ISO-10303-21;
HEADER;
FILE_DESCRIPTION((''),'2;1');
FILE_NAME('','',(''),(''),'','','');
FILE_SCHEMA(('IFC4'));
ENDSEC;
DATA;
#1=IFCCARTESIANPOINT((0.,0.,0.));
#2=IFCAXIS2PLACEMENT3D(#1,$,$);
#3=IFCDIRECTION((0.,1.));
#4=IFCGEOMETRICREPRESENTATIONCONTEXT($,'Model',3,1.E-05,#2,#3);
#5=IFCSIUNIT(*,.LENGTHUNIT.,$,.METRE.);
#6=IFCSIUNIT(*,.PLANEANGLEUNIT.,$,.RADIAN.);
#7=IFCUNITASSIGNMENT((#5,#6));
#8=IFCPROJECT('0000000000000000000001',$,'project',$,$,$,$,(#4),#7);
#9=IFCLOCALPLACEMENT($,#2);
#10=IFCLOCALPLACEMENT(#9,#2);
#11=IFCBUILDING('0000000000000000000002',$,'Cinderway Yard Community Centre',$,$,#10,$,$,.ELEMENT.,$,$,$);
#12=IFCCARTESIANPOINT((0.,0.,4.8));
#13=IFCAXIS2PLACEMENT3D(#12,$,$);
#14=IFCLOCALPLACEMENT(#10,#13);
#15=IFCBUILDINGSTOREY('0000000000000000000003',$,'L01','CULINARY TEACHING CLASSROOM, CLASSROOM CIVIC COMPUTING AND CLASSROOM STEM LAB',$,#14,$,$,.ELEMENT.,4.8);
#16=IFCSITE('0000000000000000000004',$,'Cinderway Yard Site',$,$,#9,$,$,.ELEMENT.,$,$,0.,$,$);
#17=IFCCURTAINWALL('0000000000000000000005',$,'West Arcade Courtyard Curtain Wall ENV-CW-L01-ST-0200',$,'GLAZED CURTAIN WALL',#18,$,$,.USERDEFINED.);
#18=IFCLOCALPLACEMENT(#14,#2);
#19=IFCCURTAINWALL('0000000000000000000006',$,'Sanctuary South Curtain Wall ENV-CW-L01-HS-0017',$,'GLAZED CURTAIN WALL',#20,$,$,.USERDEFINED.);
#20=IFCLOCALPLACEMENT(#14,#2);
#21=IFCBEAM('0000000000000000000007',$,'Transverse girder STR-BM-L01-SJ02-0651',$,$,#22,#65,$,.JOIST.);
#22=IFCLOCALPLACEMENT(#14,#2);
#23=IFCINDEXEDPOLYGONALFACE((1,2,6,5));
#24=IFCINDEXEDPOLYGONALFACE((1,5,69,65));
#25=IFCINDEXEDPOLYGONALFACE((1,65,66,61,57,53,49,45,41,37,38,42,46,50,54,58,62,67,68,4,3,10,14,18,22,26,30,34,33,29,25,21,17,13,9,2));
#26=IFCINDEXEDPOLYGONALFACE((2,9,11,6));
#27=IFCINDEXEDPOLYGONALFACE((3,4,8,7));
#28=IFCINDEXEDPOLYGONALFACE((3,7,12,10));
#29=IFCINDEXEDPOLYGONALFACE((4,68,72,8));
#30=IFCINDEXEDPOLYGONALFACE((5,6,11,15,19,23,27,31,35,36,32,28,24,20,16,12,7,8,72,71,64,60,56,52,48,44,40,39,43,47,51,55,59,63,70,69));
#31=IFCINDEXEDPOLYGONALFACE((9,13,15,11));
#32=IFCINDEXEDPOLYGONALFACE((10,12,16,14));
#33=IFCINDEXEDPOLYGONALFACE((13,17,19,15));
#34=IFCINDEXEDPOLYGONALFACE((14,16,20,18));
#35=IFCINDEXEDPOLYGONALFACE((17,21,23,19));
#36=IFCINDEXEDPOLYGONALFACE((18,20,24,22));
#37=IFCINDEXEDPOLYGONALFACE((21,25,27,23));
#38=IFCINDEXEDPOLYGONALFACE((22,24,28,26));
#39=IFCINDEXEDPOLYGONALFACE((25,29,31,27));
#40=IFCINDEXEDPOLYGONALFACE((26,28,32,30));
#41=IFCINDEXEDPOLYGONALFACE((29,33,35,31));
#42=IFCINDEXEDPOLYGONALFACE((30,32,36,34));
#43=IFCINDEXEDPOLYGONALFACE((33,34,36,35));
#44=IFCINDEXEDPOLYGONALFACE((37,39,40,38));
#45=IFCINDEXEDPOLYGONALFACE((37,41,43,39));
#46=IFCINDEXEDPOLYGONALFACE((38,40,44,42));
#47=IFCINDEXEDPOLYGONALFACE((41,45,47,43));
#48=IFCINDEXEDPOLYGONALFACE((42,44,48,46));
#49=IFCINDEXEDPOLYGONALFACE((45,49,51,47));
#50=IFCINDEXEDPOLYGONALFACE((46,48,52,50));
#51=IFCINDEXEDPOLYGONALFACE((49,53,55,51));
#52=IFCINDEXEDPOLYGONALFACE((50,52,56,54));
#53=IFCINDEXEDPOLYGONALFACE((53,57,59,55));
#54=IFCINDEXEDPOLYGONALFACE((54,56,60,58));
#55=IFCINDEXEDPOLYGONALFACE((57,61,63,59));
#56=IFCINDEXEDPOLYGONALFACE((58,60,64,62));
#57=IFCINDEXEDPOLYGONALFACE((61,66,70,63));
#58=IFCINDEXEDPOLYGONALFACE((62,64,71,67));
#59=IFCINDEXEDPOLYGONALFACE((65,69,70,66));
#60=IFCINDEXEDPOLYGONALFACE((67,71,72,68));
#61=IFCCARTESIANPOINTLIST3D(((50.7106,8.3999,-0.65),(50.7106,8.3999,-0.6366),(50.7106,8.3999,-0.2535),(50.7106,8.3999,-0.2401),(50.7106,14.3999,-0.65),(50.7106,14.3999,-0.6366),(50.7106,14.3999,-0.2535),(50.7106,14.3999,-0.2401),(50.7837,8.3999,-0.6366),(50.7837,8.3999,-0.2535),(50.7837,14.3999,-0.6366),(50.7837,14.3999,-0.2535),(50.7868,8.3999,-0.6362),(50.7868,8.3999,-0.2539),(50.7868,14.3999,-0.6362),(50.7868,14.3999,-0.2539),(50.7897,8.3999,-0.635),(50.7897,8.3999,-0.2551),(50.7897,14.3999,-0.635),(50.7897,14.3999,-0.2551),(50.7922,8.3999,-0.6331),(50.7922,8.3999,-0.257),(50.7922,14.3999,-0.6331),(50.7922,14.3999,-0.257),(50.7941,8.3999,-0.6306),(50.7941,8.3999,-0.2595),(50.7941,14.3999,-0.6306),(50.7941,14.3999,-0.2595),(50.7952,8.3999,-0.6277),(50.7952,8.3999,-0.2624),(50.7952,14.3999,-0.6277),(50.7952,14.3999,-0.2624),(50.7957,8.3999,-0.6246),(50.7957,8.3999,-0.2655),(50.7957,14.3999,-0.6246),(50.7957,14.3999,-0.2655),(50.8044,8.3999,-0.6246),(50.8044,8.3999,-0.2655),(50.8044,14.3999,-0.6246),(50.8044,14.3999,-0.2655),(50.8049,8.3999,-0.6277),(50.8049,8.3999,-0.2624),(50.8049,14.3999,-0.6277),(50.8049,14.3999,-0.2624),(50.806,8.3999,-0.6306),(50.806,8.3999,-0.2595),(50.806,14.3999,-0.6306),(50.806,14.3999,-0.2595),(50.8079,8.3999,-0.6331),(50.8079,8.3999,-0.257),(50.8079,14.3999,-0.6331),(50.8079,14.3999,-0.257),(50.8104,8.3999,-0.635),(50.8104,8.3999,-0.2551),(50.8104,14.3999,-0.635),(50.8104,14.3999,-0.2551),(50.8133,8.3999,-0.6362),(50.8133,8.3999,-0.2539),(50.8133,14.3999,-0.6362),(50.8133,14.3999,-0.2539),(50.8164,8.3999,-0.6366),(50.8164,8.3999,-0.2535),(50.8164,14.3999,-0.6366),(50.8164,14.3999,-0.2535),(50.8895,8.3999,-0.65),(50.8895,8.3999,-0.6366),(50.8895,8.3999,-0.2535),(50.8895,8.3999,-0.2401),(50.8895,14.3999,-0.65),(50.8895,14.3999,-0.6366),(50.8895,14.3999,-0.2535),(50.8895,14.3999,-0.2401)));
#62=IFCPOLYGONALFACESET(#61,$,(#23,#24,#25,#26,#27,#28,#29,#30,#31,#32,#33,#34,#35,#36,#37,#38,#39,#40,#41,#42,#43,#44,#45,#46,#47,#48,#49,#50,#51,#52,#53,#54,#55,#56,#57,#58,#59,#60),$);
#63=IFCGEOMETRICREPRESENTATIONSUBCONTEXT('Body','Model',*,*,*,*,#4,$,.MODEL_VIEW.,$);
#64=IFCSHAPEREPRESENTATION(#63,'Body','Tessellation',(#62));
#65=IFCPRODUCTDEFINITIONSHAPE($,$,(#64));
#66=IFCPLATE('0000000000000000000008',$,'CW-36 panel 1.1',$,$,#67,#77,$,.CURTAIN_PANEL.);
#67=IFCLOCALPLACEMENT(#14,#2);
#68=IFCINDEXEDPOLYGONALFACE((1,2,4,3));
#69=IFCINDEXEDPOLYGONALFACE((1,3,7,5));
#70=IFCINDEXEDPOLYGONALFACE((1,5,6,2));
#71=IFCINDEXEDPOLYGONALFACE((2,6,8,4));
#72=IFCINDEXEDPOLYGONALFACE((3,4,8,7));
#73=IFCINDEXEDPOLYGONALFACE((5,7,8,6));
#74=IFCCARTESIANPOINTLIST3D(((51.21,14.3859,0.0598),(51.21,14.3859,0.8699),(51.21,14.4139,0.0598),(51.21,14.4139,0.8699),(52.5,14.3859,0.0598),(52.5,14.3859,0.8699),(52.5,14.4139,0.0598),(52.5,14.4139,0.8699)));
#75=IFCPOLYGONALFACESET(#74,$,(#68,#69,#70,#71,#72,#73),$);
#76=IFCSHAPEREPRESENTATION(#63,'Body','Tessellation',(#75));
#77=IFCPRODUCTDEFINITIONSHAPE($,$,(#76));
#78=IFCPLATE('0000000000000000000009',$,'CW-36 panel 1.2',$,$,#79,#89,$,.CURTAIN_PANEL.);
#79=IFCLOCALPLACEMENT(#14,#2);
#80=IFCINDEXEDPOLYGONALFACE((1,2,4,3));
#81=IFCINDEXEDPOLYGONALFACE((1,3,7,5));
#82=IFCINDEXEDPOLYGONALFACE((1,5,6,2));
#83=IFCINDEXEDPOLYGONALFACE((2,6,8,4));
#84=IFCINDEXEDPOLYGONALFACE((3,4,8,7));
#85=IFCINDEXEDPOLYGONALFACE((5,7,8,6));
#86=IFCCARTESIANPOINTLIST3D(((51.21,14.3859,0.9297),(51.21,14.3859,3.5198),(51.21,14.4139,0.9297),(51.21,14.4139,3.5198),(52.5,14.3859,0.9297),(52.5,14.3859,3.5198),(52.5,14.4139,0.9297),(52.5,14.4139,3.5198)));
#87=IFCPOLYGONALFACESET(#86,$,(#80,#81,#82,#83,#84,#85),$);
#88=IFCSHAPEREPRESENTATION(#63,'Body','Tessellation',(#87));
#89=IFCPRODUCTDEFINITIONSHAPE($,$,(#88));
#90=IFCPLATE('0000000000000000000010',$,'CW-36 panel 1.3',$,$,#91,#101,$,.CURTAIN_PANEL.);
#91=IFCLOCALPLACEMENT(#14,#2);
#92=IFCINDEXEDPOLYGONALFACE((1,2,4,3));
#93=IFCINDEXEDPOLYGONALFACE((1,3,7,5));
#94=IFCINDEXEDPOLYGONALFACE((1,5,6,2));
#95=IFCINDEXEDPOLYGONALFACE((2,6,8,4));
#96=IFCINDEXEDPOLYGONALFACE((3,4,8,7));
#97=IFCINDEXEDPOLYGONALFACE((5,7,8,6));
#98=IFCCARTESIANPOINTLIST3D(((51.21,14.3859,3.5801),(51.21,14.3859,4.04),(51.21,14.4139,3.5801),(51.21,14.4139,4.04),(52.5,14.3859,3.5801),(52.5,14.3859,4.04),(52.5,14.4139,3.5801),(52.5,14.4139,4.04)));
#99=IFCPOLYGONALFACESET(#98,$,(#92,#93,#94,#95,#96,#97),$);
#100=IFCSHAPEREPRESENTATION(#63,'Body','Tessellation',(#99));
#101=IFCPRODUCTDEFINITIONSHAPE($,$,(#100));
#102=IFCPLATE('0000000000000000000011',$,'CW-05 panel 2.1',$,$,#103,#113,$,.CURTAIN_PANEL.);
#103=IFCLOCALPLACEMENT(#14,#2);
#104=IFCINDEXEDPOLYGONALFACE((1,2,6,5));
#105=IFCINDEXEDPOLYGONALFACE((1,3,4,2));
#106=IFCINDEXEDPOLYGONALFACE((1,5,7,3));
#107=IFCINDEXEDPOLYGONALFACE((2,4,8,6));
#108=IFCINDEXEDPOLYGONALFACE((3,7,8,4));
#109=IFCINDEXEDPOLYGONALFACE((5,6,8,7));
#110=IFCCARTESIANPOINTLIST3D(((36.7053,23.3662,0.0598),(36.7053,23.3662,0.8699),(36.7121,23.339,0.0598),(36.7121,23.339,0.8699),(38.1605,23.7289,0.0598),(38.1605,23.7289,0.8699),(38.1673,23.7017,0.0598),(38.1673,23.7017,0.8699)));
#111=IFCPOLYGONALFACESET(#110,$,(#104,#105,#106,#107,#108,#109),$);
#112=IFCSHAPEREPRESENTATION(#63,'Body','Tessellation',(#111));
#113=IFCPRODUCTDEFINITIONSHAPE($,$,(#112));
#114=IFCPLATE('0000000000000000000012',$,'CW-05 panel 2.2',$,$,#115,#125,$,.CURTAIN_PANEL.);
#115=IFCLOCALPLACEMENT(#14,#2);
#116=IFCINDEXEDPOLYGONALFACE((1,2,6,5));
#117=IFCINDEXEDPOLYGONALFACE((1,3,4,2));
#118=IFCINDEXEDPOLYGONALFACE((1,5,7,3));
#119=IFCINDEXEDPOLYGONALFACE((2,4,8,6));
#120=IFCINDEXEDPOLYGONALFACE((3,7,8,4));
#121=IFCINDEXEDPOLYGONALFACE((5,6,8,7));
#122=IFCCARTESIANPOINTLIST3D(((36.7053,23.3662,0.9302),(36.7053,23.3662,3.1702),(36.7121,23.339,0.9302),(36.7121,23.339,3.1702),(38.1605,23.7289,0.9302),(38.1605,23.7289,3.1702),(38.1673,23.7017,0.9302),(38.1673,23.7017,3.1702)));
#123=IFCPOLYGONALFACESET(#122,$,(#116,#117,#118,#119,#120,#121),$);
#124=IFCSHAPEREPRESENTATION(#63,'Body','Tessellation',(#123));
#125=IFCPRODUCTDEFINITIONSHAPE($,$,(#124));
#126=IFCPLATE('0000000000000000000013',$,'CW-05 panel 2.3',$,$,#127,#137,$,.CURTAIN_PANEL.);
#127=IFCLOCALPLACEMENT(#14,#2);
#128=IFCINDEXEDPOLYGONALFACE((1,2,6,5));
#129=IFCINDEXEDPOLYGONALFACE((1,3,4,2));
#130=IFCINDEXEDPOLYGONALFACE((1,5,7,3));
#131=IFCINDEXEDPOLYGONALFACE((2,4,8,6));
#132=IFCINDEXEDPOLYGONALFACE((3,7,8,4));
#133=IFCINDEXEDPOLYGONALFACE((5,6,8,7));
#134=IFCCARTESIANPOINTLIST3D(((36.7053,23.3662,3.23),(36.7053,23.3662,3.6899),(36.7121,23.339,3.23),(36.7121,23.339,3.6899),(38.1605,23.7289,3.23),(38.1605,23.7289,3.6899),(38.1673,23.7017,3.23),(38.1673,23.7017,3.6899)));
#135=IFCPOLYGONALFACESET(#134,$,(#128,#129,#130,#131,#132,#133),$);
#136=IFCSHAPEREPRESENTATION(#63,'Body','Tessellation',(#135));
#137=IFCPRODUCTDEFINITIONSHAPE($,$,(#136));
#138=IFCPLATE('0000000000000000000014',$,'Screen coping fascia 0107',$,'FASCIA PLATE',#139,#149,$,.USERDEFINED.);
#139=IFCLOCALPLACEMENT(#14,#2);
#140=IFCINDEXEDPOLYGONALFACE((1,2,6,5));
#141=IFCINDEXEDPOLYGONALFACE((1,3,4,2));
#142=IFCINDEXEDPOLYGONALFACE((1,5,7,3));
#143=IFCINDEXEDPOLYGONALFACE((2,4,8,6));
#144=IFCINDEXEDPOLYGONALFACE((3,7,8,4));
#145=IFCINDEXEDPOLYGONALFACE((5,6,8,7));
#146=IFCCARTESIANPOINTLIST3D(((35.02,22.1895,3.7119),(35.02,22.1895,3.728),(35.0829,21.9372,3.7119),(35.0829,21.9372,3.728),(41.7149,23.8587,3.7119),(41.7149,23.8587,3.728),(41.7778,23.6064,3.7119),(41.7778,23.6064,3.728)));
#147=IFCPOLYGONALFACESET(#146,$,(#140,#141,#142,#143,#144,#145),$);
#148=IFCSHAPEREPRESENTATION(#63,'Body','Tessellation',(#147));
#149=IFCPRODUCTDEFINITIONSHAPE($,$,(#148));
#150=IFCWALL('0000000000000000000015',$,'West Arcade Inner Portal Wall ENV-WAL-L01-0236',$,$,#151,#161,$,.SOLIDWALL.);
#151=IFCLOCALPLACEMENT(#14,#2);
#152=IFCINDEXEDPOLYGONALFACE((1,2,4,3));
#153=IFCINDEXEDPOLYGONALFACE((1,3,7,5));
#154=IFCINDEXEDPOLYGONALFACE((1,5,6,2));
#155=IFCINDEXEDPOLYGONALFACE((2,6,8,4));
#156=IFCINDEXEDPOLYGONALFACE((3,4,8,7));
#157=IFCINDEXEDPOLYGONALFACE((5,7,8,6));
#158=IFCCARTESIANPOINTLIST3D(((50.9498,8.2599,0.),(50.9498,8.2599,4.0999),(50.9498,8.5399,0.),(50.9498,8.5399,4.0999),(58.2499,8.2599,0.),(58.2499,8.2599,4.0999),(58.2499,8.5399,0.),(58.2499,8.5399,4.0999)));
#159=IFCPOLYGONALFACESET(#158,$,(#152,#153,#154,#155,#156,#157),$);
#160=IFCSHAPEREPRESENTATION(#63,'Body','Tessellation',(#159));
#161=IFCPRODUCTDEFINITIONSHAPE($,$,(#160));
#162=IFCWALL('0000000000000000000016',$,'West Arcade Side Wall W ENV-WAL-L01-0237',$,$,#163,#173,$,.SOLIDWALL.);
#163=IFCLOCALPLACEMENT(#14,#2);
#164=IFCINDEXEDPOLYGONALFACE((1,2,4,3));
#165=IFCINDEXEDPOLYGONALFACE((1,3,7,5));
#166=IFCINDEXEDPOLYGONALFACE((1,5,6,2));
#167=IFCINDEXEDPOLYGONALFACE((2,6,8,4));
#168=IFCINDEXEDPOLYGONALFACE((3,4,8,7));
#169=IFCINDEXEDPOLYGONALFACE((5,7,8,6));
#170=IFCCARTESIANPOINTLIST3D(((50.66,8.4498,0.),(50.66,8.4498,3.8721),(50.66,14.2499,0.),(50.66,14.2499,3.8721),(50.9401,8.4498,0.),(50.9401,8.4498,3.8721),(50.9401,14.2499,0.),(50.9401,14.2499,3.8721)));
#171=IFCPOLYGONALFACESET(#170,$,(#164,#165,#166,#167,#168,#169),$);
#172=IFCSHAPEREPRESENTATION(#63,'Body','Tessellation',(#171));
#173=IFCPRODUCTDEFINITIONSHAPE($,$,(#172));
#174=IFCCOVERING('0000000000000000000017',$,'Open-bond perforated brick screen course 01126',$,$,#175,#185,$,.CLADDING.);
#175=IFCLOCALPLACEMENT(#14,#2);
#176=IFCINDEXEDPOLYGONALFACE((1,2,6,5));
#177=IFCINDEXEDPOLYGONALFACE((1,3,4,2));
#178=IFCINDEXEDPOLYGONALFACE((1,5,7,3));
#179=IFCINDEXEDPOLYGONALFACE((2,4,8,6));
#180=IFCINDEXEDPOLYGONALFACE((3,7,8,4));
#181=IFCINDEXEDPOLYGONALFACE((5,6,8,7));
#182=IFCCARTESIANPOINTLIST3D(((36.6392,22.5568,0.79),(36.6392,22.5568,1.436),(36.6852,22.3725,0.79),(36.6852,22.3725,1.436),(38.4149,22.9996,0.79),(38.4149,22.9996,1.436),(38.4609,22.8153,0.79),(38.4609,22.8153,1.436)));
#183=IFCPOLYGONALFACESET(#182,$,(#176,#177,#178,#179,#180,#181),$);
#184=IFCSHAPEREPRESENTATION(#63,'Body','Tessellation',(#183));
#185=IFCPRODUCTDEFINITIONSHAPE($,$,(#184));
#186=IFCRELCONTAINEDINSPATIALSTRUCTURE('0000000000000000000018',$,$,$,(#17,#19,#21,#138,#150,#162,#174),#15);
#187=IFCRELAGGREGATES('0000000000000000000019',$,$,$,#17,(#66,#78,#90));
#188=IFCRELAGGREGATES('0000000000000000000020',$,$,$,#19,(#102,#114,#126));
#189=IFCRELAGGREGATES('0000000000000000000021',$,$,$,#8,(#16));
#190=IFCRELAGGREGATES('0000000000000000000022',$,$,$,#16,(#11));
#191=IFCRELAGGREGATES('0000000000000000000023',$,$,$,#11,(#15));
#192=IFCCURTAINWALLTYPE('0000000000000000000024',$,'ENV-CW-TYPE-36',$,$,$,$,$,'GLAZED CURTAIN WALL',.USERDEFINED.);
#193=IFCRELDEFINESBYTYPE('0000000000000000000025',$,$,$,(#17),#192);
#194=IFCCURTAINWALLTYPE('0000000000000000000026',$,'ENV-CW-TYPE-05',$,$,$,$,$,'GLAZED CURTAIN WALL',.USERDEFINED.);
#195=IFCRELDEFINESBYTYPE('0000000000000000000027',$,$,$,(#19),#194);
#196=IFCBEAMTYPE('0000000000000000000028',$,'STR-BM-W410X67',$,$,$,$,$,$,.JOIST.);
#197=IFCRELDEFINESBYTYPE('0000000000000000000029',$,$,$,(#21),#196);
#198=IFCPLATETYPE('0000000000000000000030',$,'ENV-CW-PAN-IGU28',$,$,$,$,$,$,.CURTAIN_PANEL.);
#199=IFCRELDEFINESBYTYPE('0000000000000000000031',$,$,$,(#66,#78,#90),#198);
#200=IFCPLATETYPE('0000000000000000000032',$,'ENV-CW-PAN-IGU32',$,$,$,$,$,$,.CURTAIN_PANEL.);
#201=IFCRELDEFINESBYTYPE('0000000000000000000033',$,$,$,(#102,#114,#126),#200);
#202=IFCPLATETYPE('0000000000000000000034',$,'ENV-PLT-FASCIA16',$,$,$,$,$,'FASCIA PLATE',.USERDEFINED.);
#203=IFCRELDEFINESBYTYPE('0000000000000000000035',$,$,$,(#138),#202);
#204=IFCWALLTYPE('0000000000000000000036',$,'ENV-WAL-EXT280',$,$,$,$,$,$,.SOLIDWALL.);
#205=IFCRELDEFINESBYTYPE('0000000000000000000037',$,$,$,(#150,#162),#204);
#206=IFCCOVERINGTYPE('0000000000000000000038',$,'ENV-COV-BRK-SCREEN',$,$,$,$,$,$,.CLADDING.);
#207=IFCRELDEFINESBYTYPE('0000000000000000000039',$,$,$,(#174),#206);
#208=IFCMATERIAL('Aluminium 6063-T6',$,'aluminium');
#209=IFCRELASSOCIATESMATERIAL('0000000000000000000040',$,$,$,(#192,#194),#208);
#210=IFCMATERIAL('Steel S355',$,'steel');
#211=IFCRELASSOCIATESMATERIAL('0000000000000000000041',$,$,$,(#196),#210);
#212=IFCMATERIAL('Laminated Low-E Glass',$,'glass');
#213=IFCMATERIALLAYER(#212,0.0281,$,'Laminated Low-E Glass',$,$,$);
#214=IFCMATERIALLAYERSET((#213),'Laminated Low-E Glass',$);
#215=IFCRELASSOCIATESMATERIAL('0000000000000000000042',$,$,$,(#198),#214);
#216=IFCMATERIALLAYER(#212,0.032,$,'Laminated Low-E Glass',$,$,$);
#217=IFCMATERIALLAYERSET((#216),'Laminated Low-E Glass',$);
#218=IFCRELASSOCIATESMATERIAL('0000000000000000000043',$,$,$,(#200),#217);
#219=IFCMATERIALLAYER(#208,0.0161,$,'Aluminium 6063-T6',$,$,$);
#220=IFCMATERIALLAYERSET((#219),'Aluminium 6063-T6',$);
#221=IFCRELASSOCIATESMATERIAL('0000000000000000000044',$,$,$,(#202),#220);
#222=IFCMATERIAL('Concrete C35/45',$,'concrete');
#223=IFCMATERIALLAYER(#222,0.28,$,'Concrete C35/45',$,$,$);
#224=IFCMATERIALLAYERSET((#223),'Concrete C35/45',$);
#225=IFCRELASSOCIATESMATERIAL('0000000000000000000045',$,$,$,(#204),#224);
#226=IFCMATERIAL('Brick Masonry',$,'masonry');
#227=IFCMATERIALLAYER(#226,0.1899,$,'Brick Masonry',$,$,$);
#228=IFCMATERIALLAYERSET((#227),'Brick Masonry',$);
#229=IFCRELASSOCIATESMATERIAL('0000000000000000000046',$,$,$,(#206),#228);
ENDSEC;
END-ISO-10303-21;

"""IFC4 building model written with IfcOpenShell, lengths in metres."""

from ifc_helpers import new_model, si_unit, direction, frame, frame_2d, origin, origin_2d, place, context, subcontext, project, spatial, rectangle, i_section, extrude, material, layer, layer_set, material_profile, profile_set, type_object, element, aggregate, save


model = new_model("IFC4")

# Units and contexts
model_context = context("Model", 3, precision=1e-05, world=origin(), true_north=direction((0.0, 1.0)))
body_context = subcontext(model_context, "Body", "Model", "MODEL_VIEW")
ifc_project = project(units=[si_unit("LENGTHUNIT", "METRE"), si_unit("PLANEANGLEUNIT", "RADIAN")], contexts=[model_context])

# Site, building, storey
site_placement = place(None, origin())
site = spatial("IfcSite", under=ifc_project, at=site_placement, Name="Cinderway Yard Site", CompositionType="ELEMENT", RefElevation=0.0)
building_placement = place(site_placement, origin())
building = spatial("IfcBuilding", under=site, at=building_placement, Name="Cinderway Yard Community Centre", CompositionType="ELEMENT")
storey_placement = place(building_placement, frame((0.0, 0.0, 4.8)))
storey = spatial("IfcBuildingStorey", under=building, at=storey_placement, Name="L01", Description="CULINARY TEACHING CLASSROOM, CLASSROOM CIVIC COMPUTING AND CLASSROOM STEM LAB", CompositionType="ELEMENT", Elevation=4.8)

# Curtain wall
ifc_material_1 = material(Name="Aluminium 6063-T6", Category="aluminium")
curtain_wall_type_1 = type_object("IfcCurtainWallType", Name="ENV-CW-TYPE-36", ElementType="GLAZED CURTAIN WALL", PredefinedType="USERDEFINED", material=ifc_material_1)
curtain_wall_1_placement = place(storey_placement, origin())
curtain_wall_1 = element("IfcCurtainWall", 1, at=curtain_wall_1_placement, inside=storey, type_object=curtain_wall_type_1, Name="West Arcade Courtyard Curtain Wall ENV-CW-L01-ST-0200", ObjectType="GLAZED CURTAIN WALL", PredefinedType="USERDEFINED")

# Curtain wall
curtain_wall_type_2 = type_object("IfcCurtainWallType", Name="ENV-CW-TYPE-05", ElementType="GLAZED CURTAIN WALL", PredefinedType="USERDEFINED", material=ifc_material_1)
curtain_wall_2_placement = place(storey_placement, origin())
curtain_wall_2 = element("IfcCurtainWall", 2, at=curtain_wall_2_placement, inside=storey, type_object=curtain_wall_type_2, Name="Sanctuary South Curtain Wall ENV-CW-L01-HS-0017", ObjectType="GLAZED CURTAIN WALL", PredefinedType="USERDEFINED")

# Shared definitions
ifc_material_2 = material(Name="Steel S355", Category="steel")

# Beam
ifc_material_3 = material(Name="Concrete C35/45", Category="concrete")
ifc_material_profile_1 = material_profile(ifc_material_2, i_section(OverallWidth=0.179, OverallDepth=0.4099, WebThickness=0.0088, FlangeThickness=0.0134, FilletRadius=0.012, at=origin_2d()), Name="Steel S355")
ifc_profile_set_1 = profile_set([ifc_material_profile_1], Name="Steel S355")
beam_type_1 = type_object("IfcBeamType", Name="STR-BM-W410X67", PredefinedType="JOIST", material=ifc_profile_set_1)
beam_1_placement = place(storey_placement, frame((50.8, 8.3999, -0.4451), z_axis=(0.0, 1.0, 0.0), x_axis=(-1.0, 0.0, 0.0)))
element("IfcBeam", 3, at=beam_1_placement, inside=storey, type_object=beam_type_1, Name="Transverse girder STR-BM-L01-SJ02-0651", PredefinedType="JOIST", context=body_context, shape_type="SweptSolid", body=[
    extrude(i_section(OverallWidth=0.179, OverallDepth=0.4099, WebThickness=0.0088, FlangeThickness=0.0134, FilletRadius=0.012, at=origin_2d()), origin(), (0.0, 0.0, 1.0), 6.0),
])

# Plates
ifc_material_4 = material(Name="Laminated Low-E Glass", Category="glass")
ifc_layer_1 = layer(ifc_material_4, 0.0281, Name="Laminated Low-E Glass")
ifc_layer_set_1 = layer_set([ifc_layer_1], Name="Laminated Low-E Glass")
plate_type_1 = type_object("IfcPlateType", Name="ENV-CW-PAN-IGU28", PredefinedType="CURTAIN_PANEL", material=ifc_layer_set_1)
plate_1_placement = place(storey_placement, frame((51.855, 14.3999, 0.0598), z_axis=(0.0, 0.0, 1.0), x_axis=(1.0, 0.0, 0.0)))
plate_1 = element("IfcPlate", 4, at=plate_1_placement, type_object=plate_type_1, Name="CW-36 panel 1.1", PredefinedType="CURTAIN_PANEL", context=body_context, shape_type="SweptSolid", body=[
    extrude(rectangle(XDim=1.29, YDim=0.0281, at=origin_2d()), origin(), (0.0, 0.0, 1.0), 0.8101),
])
plate_2_placement = place(storey_placement, frame((51.855, 14.3999, 0.9297), z_axis=(0.0, 0.0, 1.0), x_axis=(1.0, 0.0, 0.0)))
plate_2 = element("IfcPlate", 5, at=plate_2_placement, type_object=plate_type_1, Name="CW-36 panel 1.2", PredefinedType="CURTAIN_PANEL", context=body_context, shape_type="SweptSolid", body=[
    extrude(rectangle(XDim=1.29, YDim=0.0281, at=origin_2d()), origin(), (0.0, 0.0, 1.0), 2.5901),
])
plate_3_placement = place(storey_placement, frame((51.855, 14.3999, 3.5801), z_axis=(0.0, 0.0, 1.0), x_axis=(1.0, 0.0, 0.0)))
plate_3 = element("IfcPlate", 6, at=plate_3_placement, type_object=plate_type_1, Name="CW-36 panel 1.3", PredefinedType="CURTAIN_PANEL", context=body_context, shape_type="SweptSolid", body=[
    extrude(rectangle(XDim=1.29, YDim=0.0281, at=origin_2d()), origin(), (0.0, 0.0, 1.0), 0.46),
])
aggregate(curtain_wall_1, [plate_1, plate_2, plate_3])
ifc_layer_2 = layer(ifc_material_4, 0.032, Name="Laminated Low-E Glass")
ifc_layer_set_2 = layer_set([ifc_layer_2], Name="Laminated Low-E Glass")
plate_type_2 = type_object("IfcPlateType", Name="ENV-CW-PAN-IGU32", PredefinedType="CURTAIN_PANEL", material=ifc_layer_set_2)
plate_4_placement = place(storey_placement, frame((37.4363, 23.5339, 0.0598), z_axis=(0.0, 0.0, 1.0), x_axis=(0.970312, 0.241857, 0.0)))
plate_4 = element("IfcPlate", 7, at=plate_4_placement, type_object=plate_type_2, Name="CW-05 panel 2.1", PredefinedType="CURTAIN_PANEL", context=body_context, shape_type="SweptSolid", body=[
    extrude(rectangle(XDim=1.4998, YDim=0.0281, at=origin_2d()), origin(), (0.0, 0.0, 1.0), 0.8101),
])
plate_5_placement = place(storey_placement, frame((37.4363, 23.5339, 0.9302), z_axis=(0.0, 0.0, 1.0), x_axis=(0.970312, 0.241857, 0.0)))
plate_5 = element("IfcPlate", 8, at=plate_5_placement, type_object=plate_type_2, Name="CW-05 panel 2.2", PredefinedType="CURTAIN_PANEL", context=body_context, shape_type="SweptSolid", body=[
    extrude(rectangle(XDim=1.4998, YDim=0.0281, at=origin_2d()), origin(), (0.0, 0.0, 1.0), 2.24),
])
plate_6_placement = place(storey_placement, frame((37.4363, 23.5339, 3.23), z_axis=(0.0, 0.0, 1.0), x_axis=(0.970312, 0.241857, 0.0)))
plate_6 = element("IfcPlate", 9, at=plate_6_placement, type_object=plate_type_2, Name="CW-05 panel 2.3", PredefinedType="CURTAIN_PANEL", context=body_context, shape_type="SweptSolid", body=[
    extrude(rectangle(XDim=1.4998, YDim=0.0281, at=origin_2d()), origin(), (0.0, 0.0, 1.0), 0.46),
])
aggregate(curtain_wall_2, [plate_4, plate_5, plate_6])
ifc_layer_3 = layer(ifc_material_1, 0.0161, Name="Aluminium 6063-T6")
ifc_layer_set_3 = layer_set([ifc_layer_3], Name="Aluminium 6063-T6")
plate_type_3 = type_object("IfcPlateType", Name="ENV-PLT-FASCIA16", ElementType="FASCIA PLATE", PredefinedType="USERDEFINED", material=ifc_layer_set_3)
plate_7_placement = place(storey_placement, frame((38.3989, 22.8979, 3.7119), z_axis=(0.0, 0.0, 1.0), x_axis=(-0.970296, -0.241922, 0.0)))
element("IfcPlate", 10, at=plate_7_placement, inside=storey, type_object=plate_type_3, Name="Screen coping fascia 0107", ObjectType="FASCIA PLATE", PredefinedType="USERDEFINED", context=body_context, shape_type="SweptSolid", body=[
    extrude(rectangle(XDim=6.8999, YDim=0.26, at=origin_2d()), origin(), (0.0, 0.0, 1.0), 0.0161),
])

# Walls
ifc_layer_4 = layer(ifc_material_3, 0.28, Name="Concrete C35/45")
ifc_layer_set_4 = layer_set([ifc_layer_4], Name="Concrete C35/45")
wall_type = type_object("IfcWallType", Name="ENV-WAL-EXT280", PredefinedType="SOLIDWALL", material=ifc_layer_set_4)
wall_1_placement = place(storey_placement, frame((50.95, 8.3999, 0.0), z_axis=(0.0, 0.0, 1.0), x_axis=(1.0, 0.0, 0.0)))
element("IfcWall", 11, at=wall_1_placement, inside=storey, type_object=wall_type, Name="West Arcade Inner Portal Wall ENV-WAL-L01-0236", PredefinedType="SOLIDWALL", context=body_context, shape_type="SweptSolid", body=[
    extrude(rectangle(XDim=7.3, YDim=0.28, at=frame_2d((3.6499, 0.0))), origin(), (0.0, 0.0, 1.0), 4.0999),
])
wall_2_placement = place(storey_placement, frame((50.8, 8.45, 0.0), z_axis=(0.0, 0.0, 1.0), x_axis=(0.0, 1.0, 0.0)))
element("IfcWall", 12, at=wall_2_placement, inside=storey, type_object=wall_type, Name="West Arcade Side Wall W ENV-WAL-L01-0237", PredefinedType="SOLIDWALL", context=body_context, shape_type="SweptSolid", body=[
    extrude(rectangle(XDim=5.8, YDim=0.28, at=frame_2d((2.8999, 0.0))), origin(), (0.0, 0.0, 1.0), 3.8721),
])

# Covering
ifc_material_5 = material(Name="Brick Masonry", Category="masonry")
ifc_layer_5 = layer(ifc_material_5, 0.1899, Name="Brick Masonry")
ifc_layer_set_5 = layer_set([ifc_layer_5], Name="Brick Masonry")
covering_type = type_object("IfcCoveringType", Name="ENV-COV-BRK-SCREEN", PredefinedType="CLADDING", material=ifc_layer_set_5)
for number, where, z_axis, x_axis, name in (
    (13, (37.55, 22.686, 0.79), (0.0, 0.0, 1.0), (-0.970296, -0.241922, 0.0), "Open-bond perforated brick screen course 01126"),
):
    element("IfcCovering", number, at=place(storey_placement, frame(where, z_axis=z_axis, x_axis=x_axis)), inside=storey, type_object=covering_type, Name=name, PredefinedType="CLADDING", context=body_context, shape_type="SweptSolid", body=[
        extrude(rectangle(XDim=1.8301, YDim=0.1899, at=origin_2d()), origin(), (0.0, 0.0, 1.0), 0.646),
    ])

save(model, "model.ifc")
